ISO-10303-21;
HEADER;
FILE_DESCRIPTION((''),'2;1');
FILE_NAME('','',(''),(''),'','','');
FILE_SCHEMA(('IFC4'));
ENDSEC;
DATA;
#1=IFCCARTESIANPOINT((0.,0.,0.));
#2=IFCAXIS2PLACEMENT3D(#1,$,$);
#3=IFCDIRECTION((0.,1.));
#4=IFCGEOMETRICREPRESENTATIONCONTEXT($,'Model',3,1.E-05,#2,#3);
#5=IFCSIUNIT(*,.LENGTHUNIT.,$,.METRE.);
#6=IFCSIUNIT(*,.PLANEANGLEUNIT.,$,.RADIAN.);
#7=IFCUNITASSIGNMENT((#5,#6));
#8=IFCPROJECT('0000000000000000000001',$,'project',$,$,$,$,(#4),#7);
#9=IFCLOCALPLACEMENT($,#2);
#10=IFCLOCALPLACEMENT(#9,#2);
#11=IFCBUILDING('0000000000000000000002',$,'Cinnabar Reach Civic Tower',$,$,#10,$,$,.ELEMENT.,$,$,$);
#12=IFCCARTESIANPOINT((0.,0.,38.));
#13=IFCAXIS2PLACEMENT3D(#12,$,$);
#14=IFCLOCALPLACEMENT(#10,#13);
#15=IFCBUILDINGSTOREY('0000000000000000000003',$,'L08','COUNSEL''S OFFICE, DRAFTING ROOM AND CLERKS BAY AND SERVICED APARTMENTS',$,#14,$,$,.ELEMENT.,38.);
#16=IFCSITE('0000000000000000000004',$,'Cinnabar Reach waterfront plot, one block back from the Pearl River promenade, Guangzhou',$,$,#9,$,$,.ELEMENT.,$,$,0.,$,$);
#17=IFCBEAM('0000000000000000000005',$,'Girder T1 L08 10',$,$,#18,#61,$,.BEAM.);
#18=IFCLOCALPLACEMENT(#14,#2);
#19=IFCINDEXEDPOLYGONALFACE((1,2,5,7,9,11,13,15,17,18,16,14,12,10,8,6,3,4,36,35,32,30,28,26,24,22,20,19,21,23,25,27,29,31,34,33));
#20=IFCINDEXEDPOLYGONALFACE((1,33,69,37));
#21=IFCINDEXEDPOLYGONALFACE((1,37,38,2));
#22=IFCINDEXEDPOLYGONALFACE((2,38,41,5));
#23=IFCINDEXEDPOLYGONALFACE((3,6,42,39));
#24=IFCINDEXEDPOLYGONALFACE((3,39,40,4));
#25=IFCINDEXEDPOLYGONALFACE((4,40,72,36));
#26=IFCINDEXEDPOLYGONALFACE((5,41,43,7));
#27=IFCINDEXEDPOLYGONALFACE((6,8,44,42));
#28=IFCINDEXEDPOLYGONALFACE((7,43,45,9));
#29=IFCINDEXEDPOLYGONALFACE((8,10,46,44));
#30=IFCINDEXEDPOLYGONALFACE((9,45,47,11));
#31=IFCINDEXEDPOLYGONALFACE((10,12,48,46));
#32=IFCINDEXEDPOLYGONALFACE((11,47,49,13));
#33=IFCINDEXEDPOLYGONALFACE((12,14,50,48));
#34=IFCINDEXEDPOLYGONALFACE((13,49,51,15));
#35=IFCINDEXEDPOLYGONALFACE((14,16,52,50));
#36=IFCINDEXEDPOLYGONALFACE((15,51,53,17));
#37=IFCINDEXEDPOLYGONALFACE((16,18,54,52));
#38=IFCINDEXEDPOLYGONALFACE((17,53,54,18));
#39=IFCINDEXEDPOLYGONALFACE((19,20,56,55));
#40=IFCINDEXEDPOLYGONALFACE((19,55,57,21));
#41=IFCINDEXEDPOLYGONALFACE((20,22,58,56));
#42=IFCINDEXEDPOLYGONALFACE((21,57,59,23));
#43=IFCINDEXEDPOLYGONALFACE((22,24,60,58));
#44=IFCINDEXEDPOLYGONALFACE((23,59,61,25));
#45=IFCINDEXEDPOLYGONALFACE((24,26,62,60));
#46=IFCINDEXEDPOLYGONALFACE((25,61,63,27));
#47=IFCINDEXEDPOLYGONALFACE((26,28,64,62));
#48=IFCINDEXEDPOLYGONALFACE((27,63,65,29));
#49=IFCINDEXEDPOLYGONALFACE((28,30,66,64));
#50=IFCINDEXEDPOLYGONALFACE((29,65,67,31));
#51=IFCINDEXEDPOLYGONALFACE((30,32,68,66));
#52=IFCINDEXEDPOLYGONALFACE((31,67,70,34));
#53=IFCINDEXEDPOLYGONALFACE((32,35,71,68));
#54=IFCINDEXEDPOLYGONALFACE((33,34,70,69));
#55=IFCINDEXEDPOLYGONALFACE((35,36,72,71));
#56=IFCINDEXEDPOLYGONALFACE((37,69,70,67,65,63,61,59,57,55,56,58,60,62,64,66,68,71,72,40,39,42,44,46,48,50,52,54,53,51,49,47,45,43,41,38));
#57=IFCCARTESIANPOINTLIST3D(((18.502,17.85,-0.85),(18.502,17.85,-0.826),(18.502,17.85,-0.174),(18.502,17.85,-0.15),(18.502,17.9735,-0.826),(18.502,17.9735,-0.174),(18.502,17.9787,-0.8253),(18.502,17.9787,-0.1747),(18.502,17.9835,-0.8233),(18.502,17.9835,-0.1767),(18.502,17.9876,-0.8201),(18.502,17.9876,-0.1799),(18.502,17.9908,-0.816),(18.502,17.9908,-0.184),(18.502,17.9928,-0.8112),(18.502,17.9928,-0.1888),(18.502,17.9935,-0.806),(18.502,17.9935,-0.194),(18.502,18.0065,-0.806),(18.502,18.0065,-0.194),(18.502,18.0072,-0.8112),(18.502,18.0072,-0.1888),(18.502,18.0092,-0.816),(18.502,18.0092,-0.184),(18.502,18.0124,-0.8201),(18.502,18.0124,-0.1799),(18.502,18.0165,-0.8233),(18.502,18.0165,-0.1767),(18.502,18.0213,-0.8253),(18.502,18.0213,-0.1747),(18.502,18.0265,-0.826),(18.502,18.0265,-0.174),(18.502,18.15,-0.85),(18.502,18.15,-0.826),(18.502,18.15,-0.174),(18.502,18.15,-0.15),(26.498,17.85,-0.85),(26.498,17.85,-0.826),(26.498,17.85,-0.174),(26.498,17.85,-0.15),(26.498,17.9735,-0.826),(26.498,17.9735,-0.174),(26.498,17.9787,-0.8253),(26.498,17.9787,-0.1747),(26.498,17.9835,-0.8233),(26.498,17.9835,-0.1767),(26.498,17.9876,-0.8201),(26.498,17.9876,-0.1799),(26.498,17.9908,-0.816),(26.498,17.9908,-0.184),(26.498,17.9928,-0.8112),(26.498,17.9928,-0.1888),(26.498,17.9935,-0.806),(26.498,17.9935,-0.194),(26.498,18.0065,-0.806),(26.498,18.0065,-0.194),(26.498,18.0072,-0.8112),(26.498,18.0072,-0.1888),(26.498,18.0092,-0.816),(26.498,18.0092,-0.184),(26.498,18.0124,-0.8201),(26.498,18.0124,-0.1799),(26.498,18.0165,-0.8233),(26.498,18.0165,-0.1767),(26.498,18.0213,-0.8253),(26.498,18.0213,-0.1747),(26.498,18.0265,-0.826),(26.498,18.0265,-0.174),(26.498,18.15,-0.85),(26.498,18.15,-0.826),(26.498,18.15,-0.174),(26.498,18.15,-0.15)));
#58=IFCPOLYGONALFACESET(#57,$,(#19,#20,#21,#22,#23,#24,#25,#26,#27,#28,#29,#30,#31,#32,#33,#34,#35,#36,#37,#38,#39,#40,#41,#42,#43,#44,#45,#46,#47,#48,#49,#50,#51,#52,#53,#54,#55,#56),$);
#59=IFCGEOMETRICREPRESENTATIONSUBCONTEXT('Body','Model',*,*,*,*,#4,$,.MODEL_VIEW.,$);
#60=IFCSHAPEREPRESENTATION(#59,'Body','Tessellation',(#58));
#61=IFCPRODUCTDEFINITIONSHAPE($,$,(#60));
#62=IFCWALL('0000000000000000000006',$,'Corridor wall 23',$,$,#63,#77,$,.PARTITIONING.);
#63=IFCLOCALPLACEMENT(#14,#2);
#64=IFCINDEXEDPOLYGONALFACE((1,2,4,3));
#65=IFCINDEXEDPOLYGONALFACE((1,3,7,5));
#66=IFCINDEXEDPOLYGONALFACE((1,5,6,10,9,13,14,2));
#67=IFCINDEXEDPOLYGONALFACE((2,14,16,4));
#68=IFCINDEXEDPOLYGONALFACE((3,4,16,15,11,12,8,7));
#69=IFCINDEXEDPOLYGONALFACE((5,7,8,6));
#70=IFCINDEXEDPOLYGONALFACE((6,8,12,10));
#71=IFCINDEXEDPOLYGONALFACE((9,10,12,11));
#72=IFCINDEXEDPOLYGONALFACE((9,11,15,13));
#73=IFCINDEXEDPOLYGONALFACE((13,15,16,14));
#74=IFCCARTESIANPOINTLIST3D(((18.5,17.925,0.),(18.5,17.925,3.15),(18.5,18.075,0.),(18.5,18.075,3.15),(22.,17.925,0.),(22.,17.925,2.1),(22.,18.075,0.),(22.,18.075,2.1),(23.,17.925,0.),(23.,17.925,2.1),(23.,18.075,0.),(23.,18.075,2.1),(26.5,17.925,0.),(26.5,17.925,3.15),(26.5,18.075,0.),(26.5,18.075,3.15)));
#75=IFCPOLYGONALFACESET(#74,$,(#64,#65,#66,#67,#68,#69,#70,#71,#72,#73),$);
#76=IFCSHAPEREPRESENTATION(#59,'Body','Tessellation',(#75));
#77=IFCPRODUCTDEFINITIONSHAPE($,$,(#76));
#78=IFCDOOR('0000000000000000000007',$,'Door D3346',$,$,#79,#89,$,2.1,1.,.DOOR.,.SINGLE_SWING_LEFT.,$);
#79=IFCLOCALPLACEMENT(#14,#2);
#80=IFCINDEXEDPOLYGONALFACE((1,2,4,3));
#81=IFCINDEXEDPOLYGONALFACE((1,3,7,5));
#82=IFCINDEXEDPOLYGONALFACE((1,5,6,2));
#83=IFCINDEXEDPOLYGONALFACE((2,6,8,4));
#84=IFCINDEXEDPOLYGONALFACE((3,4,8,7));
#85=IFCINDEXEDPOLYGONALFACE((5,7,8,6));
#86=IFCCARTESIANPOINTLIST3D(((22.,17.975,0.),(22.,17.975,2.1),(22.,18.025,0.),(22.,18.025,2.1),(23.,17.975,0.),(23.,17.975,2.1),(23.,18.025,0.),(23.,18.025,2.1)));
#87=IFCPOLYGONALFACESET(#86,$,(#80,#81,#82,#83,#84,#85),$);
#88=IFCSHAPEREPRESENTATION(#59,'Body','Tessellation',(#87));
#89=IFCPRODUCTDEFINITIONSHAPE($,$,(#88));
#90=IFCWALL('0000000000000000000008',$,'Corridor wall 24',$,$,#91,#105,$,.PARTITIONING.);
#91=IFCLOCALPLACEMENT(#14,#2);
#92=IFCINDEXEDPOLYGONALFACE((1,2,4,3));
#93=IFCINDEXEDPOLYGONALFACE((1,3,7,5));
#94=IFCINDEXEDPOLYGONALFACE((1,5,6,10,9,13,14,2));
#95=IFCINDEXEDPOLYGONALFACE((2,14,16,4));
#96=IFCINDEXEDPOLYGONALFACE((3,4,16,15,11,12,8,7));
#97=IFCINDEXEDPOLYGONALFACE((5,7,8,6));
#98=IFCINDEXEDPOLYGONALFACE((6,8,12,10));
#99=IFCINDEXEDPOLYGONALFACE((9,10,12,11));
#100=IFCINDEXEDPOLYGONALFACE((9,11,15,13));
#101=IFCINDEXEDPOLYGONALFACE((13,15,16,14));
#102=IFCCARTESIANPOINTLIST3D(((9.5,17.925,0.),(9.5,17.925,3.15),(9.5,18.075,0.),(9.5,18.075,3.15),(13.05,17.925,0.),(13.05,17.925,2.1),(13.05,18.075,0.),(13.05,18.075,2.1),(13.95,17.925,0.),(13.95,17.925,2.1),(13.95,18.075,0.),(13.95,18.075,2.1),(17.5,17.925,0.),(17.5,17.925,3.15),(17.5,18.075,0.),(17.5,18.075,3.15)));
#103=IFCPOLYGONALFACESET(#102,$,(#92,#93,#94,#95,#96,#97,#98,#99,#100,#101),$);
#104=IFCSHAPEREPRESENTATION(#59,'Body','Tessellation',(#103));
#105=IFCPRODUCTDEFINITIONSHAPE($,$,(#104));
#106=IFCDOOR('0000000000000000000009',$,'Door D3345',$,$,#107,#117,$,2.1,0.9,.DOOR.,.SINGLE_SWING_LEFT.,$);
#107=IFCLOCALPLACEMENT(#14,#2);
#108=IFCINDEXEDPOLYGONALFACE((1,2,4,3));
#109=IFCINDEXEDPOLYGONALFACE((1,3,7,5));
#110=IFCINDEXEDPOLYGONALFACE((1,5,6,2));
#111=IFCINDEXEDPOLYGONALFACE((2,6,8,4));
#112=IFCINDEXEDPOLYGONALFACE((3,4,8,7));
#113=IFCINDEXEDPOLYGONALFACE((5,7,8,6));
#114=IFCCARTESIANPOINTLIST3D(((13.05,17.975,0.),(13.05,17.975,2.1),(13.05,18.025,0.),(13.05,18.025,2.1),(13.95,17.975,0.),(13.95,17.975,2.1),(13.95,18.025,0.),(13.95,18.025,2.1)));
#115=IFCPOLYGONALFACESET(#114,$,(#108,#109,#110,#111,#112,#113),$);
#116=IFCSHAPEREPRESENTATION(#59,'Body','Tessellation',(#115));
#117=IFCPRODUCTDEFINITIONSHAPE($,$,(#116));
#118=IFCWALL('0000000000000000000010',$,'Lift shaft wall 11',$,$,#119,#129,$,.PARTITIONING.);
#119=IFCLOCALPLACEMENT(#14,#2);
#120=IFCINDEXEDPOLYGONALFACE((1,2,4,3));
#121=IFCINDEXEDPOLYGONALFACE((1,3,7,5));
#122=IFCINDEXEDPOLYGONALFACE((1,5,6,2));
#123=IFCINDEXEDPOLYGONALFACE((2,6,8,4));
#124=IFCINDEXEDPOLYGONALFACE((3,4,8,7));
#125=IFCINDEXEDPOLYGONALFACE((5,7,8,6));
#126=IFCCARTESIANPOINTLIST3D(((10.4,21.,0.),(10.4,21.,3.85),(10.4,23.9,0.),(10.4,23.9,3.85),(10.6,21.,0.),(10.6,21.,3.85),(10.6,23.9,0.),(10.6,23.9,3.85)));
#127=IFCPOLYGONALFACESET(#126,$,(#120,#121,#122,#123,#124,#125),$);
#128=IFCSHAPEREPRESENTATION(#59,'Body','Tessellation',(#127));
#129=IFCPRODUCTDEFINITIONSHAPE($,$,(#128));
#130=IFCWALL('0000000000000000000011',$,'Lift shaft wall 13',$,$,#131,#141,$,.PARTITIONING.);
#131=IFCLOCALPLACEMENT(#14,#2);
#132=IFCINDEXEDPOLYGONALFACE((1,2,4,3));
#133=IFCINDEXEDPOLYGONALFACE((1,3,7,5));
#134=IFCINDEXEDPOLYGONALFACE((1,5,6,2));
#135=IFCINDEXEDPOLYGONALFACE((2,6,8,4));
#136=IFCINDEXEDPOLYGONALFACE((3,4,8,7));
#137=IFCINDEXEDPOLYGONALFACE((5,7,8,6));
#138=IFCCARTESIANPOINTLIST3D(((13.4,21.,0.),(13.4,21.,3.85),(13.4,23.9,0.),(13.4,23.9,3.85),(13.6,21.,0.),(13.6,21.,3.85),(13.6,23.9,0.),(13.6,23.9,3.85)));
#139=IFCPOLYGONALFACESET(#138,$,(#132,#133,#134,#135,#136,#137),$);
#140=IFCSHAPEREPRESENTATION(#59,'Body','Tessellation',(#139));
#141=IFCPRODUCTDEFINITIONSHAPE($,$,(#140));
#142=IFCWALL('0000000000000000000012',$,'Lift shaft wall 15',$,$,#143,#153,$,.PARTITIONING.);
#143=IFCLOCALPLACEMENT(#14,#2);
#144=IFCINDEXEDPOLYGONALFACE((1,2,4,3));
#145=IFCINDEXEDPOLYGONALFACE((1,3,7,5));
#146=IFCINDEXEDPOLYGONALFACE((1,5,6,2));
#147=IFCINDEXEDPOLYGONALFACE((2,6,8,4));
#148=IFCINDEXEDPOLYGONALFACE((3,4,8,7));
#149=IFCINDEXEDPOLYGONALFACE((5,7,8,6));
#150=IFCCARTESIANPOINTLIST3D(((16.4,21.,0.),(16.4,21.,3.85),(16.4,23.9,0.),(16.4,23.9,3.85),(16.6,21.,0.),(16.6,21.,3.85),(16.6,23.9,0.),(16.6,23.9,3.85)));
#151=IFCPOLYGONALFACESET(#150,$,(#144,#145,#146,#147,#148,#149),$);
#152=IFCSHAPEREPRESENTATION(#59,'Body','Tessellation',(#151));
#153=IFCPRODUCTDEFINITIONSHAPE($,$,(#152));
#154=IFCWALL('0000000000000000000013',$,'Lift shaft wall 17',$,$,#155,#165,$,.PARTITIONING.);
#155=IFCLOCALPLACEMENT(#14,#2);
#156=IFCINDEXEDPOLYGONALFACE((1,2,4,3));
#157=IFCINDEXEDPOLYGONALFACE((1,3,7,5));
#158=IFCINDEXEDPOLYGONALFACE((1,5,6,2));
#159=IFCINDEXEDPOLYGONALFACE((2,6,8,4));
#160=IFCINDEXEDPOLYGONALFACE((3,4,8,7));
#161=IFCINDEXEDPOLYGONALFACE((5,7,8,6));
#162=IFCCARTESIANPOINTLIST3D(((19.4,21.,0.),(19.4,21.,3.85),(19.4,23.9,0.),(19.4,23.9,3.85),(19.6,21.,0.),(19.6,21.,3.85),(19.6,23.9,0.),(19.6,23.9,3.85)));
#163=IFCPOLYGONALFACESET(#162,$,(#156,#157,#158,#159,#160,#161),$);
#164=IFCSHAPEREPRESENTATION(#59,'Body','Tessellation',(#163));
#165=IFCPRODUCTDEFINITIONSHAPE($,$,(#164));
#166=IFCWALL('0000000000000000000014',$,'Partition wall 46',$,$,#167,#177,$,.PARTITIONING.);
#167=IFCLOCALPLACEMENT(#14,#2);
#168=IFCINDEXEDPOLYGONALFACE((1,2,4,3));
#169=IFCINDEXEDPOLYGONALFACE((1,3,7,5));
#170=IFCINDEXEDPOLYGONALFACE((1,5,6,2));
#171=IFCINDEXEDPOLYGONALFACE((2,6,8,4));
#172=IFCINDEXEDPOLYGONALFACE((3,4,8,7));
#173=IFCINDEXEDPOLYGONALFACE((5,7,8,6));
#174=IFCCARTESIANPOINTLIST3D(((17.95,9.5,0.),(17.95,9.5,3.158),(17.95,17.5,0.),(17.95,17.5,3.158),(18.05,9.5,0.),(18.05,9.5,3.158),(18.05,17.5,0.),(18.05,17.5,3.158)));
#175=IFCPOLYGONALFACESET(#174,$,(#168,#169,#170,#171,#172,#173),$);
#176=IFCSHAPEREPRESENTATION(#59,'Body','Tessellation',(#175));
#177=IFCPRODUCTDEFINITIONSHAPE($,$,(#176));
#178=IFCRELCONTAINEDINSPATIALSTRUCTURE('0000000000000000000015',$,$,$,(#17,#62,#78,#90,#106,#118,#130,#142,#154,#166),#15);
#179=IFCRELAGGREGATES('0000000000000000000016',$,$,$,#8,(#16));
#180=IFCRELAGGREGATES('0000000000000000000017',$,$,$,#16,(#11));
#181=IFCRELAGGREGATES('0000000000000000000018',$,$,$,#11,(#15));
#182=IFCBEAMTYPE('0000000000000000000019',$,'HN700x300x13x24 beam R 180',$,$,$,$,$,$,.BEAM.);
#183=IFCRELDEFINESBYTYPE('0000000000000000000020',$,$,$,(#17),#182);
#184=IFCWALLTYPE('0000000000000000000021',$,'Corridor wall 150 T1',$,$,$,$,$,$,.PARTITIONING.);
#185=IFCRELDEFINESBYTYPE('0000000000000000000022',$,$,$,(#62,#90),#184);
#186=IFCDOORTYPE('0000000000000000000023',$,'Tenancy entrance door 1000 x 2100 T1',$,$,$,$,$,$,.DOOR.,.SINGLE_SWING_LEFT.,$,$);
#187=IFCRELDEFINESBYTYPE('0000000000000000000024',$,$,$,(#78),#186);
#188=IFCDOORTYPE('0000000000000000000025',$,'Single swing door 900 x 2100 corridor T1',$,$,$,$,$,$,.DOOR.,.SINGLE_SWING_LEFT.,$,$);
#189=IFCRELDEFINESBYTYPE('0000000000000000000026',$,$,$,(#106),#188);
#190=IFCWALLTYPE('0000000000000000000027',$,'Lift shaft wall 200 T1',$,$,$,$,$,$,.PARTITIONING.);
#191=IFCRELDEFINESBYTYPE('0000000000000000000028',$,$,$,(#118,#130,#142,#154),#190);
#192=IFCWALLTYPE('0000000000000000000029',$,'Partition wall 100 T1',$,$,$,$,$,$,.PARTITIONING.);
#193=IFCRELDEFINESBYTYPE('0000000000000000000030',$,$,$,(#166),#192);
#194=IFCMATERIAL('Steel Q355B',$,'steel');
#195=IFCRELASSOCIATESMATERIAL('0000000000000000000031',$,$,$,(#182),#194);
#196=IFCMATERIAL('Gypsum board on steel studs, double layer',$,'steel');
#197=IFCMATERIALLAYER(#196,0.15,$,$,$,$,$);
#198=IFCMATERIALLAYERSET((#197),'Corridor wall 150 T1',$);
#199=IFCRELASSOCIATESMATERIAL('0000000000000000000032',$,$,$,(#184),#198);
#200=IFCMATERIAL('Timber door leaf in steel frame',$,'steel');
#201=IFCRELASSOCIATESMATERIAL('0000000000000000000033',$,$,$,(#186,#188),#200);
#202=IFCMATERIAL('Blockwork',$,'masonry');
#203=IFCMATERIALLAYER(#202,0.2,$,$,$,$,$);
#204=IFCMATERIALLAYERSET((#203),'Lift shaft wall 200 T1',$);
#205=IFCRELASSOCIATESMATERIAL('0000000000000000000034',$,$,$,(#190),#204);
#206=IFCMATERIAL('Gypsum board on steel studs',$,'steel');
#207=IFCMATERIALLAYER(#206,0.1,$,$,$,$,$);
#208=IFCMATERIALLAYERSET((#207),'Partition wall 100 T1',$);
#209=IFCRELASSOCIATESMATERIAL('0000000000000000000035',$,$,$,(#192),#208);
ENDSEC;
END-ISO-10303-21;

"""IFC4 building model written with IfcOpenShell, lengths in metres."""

from ifc_helpers import new_model, si_unit, direction, frame, frame_2d, origin, origin_2d, place, context, subcontext, project, spatial, rectangle, i_section, extrude, material, layer, layer_set, material_profile, profile_set, type_object, element, fill, save


model = new_model("IFC4")

# Units and contexts
model_context = context("Model", 3, precision=1e-05, world=origin(), true_north=direction((0.0, 1.0)))
body_context = subcontext(model_context, "Body", "Model", "MODEL_VIEW")
ifc_project = project(units=[si_unit("LENGTHUNIT", "METRE"), si_unit("PLANEANGLEUNIT", "RADIAN")], contexts=[model_context])

# Site, building, storey
site_placement = place(None, origin())
site = spatial("IfcSite", under=ifc_project, at=site_placement, Name="Cinnabar Reach waterfront plot, one block back from the Pearl River promenade, Guangzhou", CompositionType="ELEMENT", RefElevation=0.0)
building_placement = place(site_placement, origin())
building = spatial("IfcBuilding", under=site, at=building_placement, Name="Cinnabar Reach Civic Tower", CompositionType="ELEMENT")
storey_placement = place(building_placement, frame((0.0, 0.0, 38.0)))
storey = spatial("IfcBuildingStorey", under=building, at=storey_placement, Name="L08", Description="COUNSEL'S OFFICE, DRAFTING ROOM AND CLERKS BAY AND SERVICED APARTMENTS", CompositionType="ELEMENT", Elevation=38.0)

# Beam
ifc_material_1 = material(Name="Steel Q355B", Category="steel")
ifc_material_profile_1 = material_profile(ifc_material_1, i_section(OverallWidth=0.3, OverallDepth=0.7, WebThickness=0.013, FlangeThickness=0.024, FilletRadius=0.02, at=origin_2d()), Name="HN700x300x13x24")
ifc_profile_set_1 = profile_set([ifc_material_profile_1], Name="Steel Q355B")
beam_type_1 = type_object("IfcBeamType", Name="HN700x300x13x24 beam R 180", PredefinedType="BEAM", material=ifc_profile_set_1)
for number, where, z_axis, x_axis, name in (
    (1, (18.502, 18.0, -0.5), (1.0, 0.0, 0.0), (0.0, 1.0, 0.0), "Girder T1 L08 10"),
):
    element("IfcBeam", number, at=place(storey_placement, frame(where, z_axis=z_axis, x_axis=x_axis)), inside=storey, type_object=beam_type_1, Name=name, PredefinedType="BEAM", context=body_context, shape_type="SweptSolid", body=[
        extrude(i_section(OverallWidth=0.3, OverallDepth=0.7, WebThickness=0.013, FlangeThickness=0.024, FilletRadius=0.02, at=origin_2d()), origin(), (0.0, 0.0, 1.0), 7.996),
    ])

# Walls, openings, doors
ifc_material_2 = material(Name="Gypsum board on steel studs, double layer", Category="steel")
ifc_layer_1 = layer(ifc_material_2, 0.15)
ifc_layer_set_1 = layer_set([ifc_layer_1], Name="Corridor wall 150 T1")
wall_type_1 = type_object("IfcWallType", Name="Corridor wall 150 T1", PredefinedType="PARTITIONING", material=ifc_layer_set_1)
wall_1_placement = place(storey_placement, frame((18.5, 18.0, 0.0), z_axis=(0.0, 0.0, 1.0), x_axis=(1.0, 0.0, 0.0)))
wall_1 = element("IfcWall", 2, at=wall_1_placement, inside=storey, type_object=wall_type_1, Name="Corridor wall 23", PredefinedType="PARTITIONING", context=body_context, shape_type="SweptSolid", body=[
    extrude(rectangle(XDim=8.0, YDim=0.15, at=frame_2d((4.0, 0.0))), origin(), (0.0, 0.0, 1.0), 3.15),
])
opening_1_placement = place(wall_1_placement, frame((3.5, 0.0, 0.0)))
opening_1 = element("IfcOpeningElement", 3, at=opening_1_placement, cuts=wall_1, PredefinedType="OPENING", context=body_context, shape_type="SweptSolid", body=[
    extrude(rectangle(XDim=1.0, YDim=2.1, at=frame_2d((0.5, 1.05))), frame((0.0, 0.085, 0.0), z_axis=(0.0, -1.0, 0.0), x_axis=(1.0, 0.0, 0.0)), (0.0, 0.0, 1.0), 0.17),
])
ifc_material_3 = material(Name="Timber door leaf in steel frame", Category="steel")
door_type_1 = type_object("IfcDoorType", Name="Tenancy entrance door 1000 x 2100 T1", OperationType="SINGLE_SWING_LEFT", PredefinedType="DOOR", material=ifc_material_3)
door_1_placement = place(opening_1_placement, frame((1.0, 0.0, 0.0), z_axis=(0.0, 0.0, 1.0), x_axis=(-1.0, 0.0, 0.0)))
door_1 = element("IfcDoor", 4, at=door_1_placement, inside=storey, type_object=door_type_1, Name="Door D3346", OperationType="SINGLE_SWING_LEFT", OverallHeight=2.1, OverallWidth=1.0, PredefinedType="DOOR", context=body_context, shape_type="SweptSolid", body=[
    extrude(rectangle(XDim=1.0, YDim=2.1, at=frame_2d((0.5, 1.05))), frame((0.0, 0.025, 0.0), z_axis=(0.0, -1.0, 0.0), x_axis=(1.0, 0.0, 0.0)), (0.0, 0.0, 1.0), 0.05),
])
fill(opening_1, door_1)
wall_2_placement = place(storey_placement, frame((9.5, 18.0, 0.0), z_axis=(0.0, 0.0, 1.0), x_axis=(1.0, 0.0, 0.0)))
wall_2 = element("IfcWall", 5, at=wall_2_placement, inside=storey, type_object=wall_type_1, Name="Corridor wall 24", PredefinedType="PARTITIONING", context=body_context, shape_type="SweptSolid", body=[
    extrude(rectangle(XDim=8.0, YDim=0.15, at=frame_2d((4.0, 0.0))), origin(), (0.0, 0.0, 1.0), 3.15),
])
opening_2_placement = place(wall_2_placement, frame((3.55, 0.0, 0.0)))
opening_2 = element("IfcOpeningElement", 6, at=opening_2_placement, cuts=wall_2, PredefinedType="OPENING", context=body_context, shape_type="SweptSolid", body=[
    extrude(rectangle(XDim=0.9, YDim=2.1, at=frame_2d((0.45, 1.05))), frame((0.0, 0.085, 0.0), z_axis=(0.0, -1.0, 0.0), x_axis=(1.0, 0.0, 0.0)), (0.0, 0.0, 1.0), 0.17),
])
door_type_2 = type_object("IfcDoorType", Name="Single swing door 900 x 2100 corridor T1", OperationType="SINGLE_SWING_LEFT", PredefinedType="DOOR", material=ifc_material_3)
door_2_placement = place(opening_2_placement, frame((0.9, 0.0, 0.0), z_axis=(0.0, 0.0, 1.0), x_axis=(-1.0, 0.0, 0.0)))
door_2 = element("IfcDoor", 7, at=door_2_placement, inside=storey, type_object=door_type_2, Name="Door D3345", OperationType="SINGLE_SWING_LEFT", OverallHeight=2.1, OverallWidth=0.9, PredefinedType="DOOR", context=body_context, shape_type="SweptSolid", body=[
    extrude(rectangle(XDim=0.9, YDim=2.1, at=frame_2d((0.45, 1.05))), frame((0.0, 0.025, 0.0), z_axis=(0.0, -1.0, 0.0), x_axis=(1.0, 0.0, 0.0)), (0.0, 0.0, 1.0), 0.05),
])
fill(opening_2, door_2)

# Walls
ifc_material_4 = material(Name="Blockwork", Category="masonry")
ifc_layer_2 = layer(ifc_material_4, 0.2)
ifc_layer_set_2 = layer_set([ifc_layer_2], Name="Lift shaft wall 200 T1")
wall_type_2 = type_object("IfcWallType", Name="Lift shaft wall 200 T1", PredefinedType="PARTITIONING", material=ifc_layer_set_2)
for number, where, z_axis, x_axis, name in (
    (8, (10.5, 21.0, 0.0), (0.0, 0.0, 1.0), (0.0, 1.0, 0.0), "Lift shaft wall 11"),
    (9, (13.5, 21.0, 0.0), (0.0, 0.0, 1.0), (0.0, 1.0, 0.0), "Lift shaft wall 13"),
    (10, (16.5, 21.0, 0.0), (0.0, 0.0, 1.0), (0.0, 1.0, 0.0), "Lift shaft wall 15"),
    (11, (19.5, 21.0, 0.0), (0.0, 0.0, 1.0), (0.0, 1.0, 0.0), "Lift shaft wall 17"),
):
    element("IfcWall", number, at=place(storey_placement, frame(where, z_axis=z_axis, x_axis=x_axis)), inside=storey, type_object=wall_type_2, Name=name, PredefinedType="PARTITIONING", context=body_context, shape_type="SweptSolid", body=[
        extrude(rectangle(XDim=2.9, YDim=0.2, at=frame_2d((1.45, 0.0))), origin(), (0.0, 0.0, 1.0), 3.85),
    ])
ifc_material_5 = material(Name="Gypsum board on steel studs", Category="steel")
ifc_layer_3 = layer(ifc_material_5, 0.1)
ifc_layer_set_3 = layer_set([ifc_layer_3], Name="Partition wall 100 T1")
wall_type_3 = type_object("IfcWallType", Name="Partition wall 100 T1", PredefinedType="PARTITIONING", material=ifc_layer_set_3)
wall_3_placement = place(storey_placement, frame((18.0, 9.5, 0.0), z_axis=(0.0, 0.0, 1.0), x_axis=(0.0, 1.0, 0.0)))
element("IfcWall", 12, at=wall_3_placement, inside=storey, type_object=wall_type_3, Name="Partition wall 46", PredefinedType="PARTITIONING", context=body_context, shape_type="SweptSolid", body=[
    extrude(rectangle(XDim=8.0, YDim=0.1, at=frame_2d((4.0, 0.0))), origin(), (0.0, 0.0, 1.0), 3.158),
])

save(model, "model.ifc")
